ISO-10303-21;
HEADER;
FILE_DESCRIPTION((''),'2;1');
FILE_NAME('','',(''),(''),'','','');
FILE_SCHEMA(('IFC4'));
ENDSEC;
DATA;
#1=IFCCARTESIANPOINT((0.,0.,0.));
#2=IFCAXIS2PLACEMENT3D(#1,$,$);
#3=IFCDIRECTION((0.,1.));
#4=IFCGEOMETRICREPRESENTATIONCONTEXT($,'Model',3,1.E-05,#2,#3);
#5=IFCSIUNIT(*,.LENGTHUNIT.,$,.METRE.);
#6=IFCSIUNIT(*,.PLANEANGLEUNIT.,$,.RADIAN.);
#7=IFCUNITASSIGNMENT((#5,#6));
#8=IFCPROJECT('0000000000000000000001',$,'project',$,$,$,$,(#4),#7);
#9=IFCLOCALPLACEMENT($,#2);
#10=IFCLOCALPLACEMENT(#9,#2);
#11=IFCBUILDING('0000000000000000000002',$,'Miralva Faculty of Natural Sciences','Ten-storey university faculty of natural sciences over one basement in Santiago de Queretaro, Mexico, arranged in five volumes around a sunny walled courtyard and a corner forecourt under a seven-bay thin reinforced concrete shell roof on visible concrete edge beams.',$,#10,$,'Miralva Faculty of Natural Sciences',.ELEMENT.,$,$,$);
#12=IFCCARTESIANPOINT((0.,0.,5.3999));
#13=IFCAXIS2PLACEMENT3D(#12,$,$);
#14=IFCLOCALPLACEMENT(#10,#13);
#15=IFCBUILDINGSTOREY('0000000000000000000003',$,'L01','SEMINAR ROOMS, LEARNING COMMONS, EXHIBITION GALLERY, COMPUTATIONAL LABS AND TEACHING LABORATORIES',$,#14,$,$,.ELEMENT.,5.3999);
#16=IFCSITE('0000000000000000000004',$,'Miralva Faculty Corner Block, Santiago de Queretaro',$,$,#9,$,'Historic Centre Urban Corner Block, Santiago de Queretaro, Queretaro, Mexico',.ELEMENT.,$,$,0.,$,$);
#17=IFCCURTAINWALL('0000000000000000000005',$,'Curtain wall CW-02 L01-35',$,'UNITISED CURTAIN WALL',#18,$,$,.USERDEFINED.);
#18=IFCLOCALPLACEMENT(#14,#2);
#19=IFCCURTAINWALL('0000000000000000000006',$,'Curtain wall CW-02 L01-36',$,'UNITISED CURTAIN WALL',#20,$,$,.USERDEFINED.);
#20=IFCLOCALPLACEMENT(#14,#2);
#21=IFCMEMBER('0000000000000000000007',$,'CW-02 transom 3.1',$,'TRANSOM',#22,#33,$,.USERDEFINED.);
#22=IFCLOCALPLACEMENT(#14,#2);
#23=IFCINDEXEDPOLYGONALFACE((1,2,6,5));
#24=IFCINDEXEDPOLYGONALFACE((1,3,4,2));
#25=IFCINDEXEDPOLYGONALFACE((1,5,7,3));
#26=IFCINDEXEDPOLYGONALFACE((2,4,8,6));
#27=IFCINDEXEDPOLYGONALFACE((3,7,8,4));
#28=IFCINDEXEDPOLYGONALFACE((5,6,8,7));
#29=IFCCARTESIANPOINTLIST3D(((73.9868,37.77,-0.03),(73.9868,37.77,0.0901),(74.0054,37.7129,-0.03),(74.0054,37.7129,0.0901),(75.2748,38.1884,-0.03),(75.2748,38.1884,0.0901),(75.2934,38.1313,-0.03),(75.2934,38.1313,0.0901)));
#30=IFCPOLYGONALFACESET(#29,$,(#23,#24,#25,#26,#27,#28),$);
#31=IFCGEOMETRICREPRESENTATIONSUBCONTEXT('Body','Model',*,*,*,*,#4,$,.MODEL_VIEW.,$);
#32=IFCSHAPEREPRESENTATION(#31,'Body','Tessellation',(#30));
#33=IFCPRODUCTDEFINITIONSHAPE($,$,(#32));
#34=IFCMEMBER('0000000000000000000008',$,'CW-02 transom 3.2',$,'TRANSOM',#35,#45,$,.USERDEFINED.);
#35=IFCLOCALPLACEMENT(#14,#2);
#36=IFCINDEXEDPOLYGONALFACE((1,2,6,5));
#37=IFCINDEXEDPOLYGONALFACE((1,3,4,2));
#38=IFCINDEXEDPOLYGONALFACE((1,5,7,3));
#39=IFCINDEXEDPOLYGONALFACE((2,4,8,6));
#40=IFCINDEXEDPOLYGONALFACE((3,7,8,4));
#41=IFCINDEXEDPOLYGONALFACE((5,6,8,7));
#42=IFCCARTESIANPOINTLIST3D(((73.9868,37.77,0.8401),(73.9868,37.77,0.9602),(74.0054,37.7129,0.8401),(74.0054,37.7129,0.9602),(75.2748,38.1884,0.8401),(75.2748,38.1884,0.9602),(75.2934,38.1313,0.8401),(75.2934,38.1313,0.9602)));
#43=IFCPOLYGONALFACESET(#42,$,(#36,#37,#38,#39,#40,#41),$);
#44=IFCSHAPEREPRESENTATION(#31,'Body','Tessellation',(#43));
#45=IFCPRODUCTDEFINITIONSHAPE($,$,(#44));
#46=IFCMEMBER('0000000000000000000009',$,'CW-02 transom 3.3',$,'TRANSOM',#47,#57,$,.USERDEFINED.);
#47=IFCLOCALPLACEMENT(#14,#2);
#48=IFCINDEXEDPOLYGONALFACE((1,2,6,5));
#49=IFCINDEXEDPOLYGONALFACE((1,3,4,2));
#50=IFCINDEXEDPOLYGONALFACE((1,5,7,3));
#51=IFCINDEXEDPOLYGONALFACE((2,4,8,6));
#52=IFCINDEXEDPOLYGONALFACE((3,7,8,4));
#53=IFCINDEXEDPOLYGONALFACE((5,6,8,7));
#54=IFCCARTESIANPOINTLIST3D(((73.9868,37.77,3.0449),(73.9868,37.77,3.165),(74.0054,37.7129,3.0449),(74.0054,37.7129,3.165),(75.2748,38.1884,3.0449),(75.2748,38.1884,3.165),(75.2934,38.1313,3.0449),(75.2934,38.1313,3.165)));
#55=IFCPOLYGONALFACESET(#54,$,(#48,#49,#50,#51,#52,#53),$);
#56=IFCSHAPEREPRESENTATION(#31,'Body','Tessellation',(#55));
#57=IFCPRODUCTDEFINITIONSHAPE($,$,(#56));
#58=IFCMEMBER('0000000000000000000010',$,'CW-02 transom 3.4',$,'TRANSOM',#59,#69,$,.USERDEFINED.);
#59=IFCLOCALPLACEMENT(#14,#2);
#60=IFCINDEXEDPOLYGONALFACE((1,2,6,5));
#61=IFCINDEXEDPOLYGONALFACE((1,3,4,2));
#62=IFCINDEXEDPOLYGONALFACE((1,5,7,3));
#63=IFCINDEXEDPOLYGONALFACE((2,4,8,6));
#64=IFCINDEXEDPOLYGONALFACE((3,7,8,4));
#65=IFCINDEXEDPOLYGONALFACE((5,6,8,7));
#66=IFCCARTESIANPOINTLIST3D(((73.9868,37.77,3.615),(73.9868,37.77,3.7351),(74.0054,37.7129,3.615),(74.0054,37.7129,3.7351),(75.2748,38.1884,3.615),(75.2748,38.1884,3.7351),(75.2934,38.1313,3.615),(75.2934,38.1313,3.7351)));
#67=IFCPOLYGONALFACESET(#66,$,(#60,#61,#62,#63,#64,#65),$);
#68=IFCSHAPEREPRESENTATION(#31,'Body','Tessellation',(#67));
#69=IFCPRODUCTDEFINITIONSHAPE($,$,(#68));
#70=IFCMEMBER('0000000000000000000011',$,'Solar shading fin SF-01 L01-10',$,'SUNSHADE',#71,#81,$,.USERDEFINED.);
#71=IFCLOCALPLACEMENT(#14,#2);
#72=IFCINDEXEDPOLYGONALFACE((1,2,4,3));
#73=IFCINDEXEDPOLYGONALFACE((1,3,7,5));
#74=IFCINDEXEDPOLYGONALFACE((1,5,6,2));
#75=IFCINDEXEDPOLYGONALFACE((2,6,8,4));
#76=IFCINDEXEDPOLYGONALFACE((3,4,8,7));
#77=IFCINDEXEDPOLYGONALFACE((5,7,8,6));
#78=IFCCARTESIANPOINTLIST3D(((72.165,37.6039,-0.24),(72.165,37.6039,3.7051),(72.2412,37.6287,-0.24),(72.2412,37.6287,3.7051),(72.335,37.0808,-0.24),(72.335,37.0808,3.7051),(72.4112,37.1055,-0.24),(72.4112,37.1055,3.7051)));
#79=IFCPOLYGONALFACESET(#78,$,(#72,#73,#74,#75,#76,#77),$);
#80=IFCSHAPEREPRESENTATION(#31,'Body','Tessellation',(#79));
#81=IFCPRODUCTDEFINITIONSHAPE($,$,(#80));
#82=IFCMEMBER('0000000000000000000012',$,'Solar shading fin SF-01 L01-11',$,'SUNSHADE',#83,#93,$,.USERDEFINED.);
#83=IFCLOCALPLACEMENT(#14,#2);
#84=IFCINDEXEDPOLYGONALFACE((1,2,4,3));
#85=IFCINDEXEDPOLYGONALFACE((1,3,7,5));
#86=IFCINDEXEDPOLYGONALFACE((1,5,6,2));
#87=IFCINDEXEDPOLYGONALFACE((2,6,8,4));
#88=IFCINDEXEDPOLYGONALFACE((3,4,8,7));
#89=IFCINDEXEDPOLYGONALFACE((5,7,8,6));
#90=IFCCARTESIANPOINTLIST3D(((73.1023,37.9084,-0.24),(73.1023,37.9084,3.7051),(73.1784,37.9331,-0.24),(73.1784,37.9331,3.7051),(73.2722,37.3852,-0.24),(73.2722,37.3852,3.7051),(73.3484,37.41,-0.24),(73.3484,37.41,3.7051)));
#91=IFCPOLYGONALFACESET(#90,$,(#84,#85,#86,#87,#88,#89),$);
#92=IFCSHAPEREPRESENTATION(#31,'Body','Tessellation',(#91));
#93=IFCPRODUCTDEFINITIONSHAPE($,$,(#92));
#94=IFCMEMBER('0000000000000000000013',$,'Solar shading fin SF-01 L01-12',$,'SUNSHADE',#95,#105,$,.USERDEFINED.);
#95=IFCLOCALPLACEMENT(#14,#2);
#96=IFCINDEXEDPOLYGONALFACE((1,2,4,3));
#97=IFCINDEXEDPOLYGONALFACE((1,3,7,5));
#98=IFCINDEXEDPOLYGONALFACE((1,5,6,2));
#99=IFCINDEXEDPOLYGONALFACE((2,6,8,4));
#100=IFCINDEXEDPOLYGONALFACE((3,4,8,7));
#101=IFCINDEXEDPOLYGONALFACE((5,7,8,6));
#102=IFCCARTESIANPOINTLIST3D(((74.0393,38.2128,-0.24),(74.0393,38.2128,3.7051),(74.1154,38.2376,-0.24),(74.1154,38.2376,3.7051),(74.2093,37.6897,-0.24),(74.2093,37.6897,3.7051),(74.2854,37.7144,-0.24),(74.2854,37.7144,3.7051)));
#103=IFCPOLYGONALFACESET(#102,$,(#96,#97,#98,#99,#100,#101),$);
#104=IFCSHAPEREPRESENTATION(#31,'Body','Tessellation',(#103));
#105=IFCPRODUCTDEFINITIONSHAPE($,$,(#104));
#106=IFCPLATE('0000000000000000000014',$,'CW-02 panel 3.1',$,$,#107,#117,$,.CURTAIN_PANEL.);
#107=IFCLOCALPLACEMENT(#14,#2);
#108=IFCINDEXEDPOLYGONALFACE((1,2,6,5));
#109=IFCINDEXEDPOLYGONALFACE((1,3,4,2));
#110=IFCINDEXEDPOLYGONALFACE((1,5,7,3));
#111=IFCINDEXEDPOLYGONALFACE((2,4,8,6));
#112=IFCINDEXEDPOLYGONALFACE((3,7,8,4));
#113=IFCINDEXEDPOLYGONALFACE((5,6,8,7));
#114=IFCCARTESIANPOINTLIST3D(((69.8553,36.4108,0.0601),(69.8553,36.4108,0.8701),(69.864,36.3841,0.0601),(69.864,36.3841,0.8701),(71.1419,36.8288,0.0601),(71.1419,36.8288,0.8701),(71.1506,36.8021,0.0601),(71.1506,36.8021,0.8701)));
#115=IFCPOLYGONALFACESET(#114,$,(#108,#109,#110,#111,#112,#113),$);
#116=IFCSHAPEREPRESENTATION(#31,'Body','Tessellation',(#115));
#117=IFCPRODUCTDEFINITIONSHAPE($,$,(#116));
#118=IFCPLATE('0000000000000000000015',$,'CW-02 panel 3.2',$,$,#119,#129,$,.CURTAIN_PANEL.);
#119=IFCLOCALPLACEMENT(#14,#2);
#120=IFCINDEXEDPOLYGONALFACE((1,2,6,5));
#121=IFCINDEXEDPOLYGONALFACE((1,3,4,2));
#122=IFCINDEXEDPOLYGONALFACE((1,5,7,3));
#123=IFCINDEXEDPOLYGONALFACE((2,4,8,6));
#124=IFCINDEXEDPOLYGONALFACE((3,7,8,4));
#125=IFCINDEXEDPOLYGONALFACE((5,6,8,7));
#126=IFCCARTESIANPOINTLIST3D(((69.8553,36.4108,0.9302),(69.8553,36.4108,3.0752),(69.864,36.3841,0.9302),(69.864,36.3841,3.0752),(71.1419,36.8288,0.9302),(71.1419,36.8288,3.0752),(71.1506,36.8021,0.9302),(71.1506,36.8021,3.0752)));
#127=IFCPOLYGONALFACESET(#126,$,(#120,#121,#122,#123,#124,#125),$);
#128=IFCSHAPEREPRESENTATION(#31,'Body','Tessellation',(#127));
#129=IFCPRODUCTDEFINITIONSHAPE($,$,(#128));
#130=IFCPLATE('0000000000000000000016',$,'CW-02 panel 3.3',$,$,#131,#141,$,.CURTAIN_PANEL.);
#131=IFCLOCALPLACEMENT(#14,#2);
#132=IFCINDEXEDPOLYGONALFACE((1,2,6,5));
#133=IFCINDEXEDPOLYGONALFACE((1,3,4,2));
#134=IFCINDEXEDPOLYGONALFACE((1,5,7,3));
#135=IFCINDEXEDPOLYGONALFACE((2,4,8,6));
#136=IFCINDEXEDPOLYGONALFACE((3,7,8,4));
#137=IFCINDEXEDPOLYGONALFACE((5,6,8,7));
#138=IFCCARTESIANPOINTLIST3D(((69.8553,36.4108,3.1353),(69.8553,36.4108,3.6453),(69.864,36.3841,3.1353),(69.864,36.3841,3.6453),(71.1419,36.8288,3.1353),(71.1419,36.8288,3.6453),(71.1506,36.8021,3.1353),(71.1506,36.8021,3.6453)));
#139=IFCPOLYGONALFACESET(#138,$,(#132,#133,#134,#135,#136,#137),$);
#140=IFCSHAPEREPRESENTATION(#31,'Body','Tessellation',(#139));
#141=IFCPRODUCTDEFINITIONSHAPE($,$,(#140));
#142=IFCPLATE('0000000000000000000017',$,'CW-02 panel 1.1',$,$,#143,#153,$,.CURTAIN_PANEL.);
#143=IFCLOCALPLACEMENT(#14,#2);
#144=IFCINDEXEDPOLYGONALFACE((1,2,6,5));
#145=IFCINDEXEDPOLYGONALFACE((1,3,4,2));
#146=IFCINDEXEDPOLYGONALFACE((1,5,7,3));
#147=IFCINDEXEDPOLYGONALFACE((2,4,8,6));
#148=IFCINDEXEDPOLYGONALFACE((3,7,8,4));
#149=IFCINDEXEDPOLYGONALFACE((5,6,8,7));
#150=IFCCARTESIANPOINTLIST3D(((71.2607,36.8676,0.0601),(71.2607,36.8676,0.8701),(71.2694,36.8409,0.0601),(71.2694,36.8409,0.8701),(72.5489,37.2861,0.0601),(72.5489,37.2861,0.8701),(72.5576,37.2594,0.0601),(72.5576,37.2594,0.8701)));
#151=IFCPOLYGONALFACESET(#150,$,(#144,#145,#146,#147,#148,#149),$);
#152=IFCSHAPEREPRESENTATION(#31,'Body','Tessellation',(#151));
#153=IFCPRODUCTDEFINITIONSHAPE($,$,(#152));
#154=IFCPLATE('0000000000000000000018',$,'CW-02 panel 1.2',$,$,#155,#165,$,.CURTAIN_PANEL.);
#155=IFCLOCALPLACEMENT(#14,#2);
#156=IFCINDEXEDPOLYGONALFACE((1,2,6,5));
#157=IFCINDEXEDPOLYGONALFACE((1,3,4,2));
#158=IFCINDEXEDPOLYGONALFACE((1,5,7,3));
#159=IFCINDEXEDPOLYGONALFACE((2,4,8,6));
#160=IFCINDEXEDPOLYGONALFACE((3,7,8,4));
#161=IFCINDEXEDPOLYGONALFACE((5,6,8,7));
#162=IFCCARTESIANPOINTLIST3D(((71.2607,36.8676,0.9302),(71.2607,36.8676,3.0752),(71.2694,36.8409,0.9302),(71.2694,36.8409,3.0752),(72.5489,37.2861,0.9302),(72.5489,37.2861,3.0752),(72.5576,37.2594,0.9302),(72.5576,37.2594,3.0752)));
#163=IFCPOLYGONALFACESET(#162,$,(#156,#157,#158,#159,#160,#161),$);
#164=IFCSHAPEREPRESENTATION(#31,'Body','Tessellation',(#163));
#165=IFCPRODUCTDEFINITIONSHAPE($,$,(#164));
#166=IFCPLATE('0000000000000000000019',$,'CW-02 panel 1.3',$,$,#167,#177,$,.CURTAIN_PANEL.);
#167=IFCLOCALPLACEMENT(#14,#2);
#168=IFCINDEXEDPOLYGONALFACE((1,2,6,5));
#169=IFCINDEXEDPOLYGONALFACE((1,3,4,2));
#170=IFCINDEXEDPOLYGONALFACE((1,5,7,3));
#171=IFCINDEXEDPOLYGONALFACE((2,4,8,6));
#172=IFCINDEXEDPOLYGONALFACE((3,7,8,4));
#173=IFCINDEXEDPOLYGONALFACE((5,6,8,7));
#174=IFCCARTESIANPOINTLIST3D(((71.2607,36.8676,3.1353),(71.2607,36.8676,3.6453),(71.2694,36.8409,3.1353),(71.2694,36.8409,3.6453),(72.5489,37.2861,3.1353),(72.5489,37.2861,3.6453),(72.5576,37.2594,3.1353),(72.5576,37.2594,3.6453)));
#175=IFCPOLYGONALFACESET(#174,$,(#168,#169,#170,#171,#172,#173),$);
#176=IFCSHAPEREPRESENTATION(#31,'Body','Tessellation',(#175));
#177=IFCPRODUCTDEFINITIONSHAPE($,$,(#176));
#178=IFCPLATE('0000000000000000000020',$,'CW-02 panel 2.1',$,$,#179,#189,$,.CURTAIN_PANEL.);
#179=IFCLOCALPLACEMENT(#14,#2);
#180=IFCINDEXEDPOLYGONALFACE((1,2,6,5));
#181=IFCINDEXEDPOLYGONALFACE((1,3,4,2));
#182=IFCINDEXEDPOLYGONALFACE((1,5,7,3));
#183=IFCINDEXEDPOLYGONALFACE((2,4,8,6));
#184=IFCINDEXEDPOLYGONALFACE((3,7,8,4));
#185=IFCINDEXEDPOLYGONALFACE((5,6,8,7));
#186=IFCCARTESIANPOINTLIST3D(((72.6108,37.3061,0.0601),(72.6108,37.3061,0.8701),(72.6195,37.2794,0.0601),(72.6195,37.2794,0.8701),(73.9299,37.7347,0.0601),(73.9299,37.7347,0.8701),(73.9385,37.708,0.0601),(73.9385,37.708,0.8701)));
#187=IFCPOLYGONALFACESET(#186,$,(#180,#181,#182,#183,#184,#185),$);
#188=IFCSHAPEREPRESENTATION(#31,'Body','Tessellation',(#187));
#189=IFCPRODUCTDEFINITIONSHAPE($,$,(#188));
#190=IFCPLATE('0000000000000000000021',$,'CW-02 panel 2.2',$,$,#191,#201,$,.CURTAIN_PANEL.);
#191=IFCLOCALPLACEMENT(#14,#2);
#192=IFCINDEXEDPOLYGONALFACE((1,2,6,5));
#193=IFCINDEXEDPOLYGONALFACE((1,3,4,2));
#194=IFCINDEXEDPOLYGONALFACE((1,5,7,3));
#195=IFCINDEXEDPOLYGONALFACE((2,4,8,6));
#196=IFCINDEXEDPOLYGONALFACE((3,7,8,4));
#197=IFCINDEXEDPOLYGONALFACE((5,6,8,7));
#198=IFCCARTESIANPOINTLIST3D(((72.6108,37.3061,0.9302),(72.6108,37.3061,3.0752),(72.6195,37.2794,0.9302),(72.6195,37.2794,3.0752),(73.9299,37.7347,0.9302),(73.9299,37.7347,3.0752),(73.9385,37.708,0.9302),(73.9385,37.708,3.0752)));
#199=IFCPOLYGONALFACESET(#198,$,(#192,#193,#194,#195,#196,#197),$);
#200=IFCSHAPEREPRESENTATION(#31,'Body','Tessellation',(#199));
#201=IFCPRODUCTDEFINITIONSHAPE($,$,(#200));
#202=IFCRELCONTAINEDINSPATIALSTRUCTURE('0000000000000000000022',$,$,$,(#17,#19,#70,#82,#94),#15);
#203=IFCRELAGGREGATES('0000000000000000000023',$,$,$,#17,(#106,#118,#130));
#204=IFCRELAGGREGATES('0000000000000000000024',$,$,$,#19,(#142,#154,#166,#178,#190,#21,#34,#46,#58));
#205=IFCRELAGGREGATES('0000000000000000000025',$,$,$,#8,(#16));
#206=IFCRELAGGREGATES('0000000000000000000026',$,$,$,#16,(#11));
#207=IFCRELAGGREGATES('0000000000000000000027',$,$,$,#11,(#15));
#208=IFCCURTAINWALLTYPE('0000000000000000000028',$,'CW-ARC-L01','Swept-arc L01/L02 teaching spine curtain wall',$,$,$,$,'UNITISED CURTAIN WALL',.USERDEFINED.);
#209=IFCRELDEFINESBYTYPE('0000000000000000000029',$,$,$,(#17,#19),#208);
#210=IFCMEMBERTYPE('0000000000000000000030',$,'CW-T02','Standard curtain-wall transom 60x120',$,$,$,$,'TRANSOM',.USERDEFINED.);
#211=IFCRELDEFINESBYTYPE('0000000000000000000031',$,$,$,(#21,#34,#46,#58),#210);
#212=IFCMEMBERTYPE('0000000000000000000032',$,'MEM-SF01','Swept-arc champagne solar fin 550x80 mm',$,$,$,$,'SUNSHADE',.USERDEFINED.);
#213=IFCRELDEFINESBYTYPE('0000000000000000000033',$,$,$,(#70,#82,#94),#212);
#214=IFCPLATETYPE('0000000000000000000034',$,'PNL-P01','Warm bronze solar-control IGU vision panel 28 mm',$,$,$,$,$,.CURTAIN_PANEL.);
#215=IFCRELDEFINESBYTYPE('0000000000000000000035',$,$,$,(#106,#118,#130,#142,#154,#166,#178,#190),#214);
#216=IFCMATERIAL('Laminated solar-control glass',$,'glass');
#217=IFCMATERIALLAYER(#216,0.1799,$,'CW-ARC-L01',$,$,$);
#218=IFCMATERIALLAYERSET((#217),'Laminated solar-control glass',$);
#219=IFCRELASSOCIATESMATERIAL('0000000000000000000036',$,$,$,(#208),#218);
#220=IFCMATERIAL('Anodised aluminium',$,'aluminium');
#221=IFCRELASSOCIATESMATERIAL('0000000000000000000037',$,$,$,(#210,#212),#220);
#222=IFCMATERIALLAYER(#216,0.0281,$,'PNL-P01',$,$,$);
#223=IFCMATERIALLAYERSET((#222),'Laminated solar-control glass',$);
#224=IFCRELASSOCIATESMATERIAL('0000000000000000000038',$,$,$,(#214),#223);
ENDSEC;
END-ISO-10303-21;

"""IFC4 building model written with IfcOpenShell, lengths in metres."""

from ifc_helpers import new_model, si_unit, direction, frame, origin, origin_2d, place, context, subcontext, project, spatial, rectangle, extrude, material, layer, layer_set, material_profile, profile_set, type_object, element, aggregate, save


model = new_model("IFC4")

# Units and contexts
model_context = context("Model", 3, precision=1e-05, world=origin(), true_north=direction((0.0, 1.0)))
body_context = subcontext(model_context, "Body", "Model", "MODEL_VIEW")
ifc_project = project(units=[si_unit("LENGTHUNIT", "METRE"), si_unit("PLANEANGLEUNIT", "RADIAN")], contexts=[model_context])

# Site, building, storey
site_placement = place(None, origin())
site = spatial("IfcSite", under=ifc_project, at=site_placement, Name="Miralva Faculty Corner Block, Santiago de Queretaro", LongName="Historic Centre Urban Corner Block, Santiago de Queretaro, Queretaro, Mexico", CompositionType="ELEMENT", RefElevation=0.0)
building_placement = place(site_placement, origin())
building = spatial("IfcBuilding", under=site, at=building_placement, Name="Miralva Faculty of Natural Sciences", Description="Ten-storey university faculty of natural sciences over one basement in Santiago de Queretaro, Mexico, arranged in five volumes around a sunny walled courtyard and a corner forecourt under a seven-bay thin reinforced concrete shell roof on visible concrete edge beams.", LongName="Miralva Faculty of Natural Sciences", CompositionType="ELEMENT")
storey_placement = place(building_placement, frame((0.0, 0.0, 5.3999)))
storey = spatial("IfcBuildingStorey", under=building, at=storey_placement, Name="L01", Description="SEMINAR ROOMS, LEARNING COMMONS, EXHIBITION GALLERY, COMPUTATIONAL LABS AND TEACHING LABORATORIES", CompositionType="ELEMENT", Elevation=5.3999)

# Curtain wall
ifc_material_1 = material(Name="Laminated solar-control glass", Category="glass")
ifc_layer_1 = layer(ifc_material_1, 0.1799, Name="CW-ARC-L01")
ifc_layer_set_1 = layer_set([ifc_layer_1], Name="Laminated solar-control glass")
curtain_wall_type = type_object("IfcCurtainWallType", Name="CW-ARC-L01", Description="Swept-arc L01/L02 teaching spine curtain wall", ElementType="UNITISED CURTAIN WALL", PredefinedType="USERDEFINED", material=ifc_layer_set_1)
curtain_wall_1_placement = place(storey_placement, origin())
curtain_wall_1 = element("IfcCurtainWall", 1, at=curtain_wall_1_placement, inside=storey, type_object=curtain_wall_type, Name="Curtain wall CW-02 L01-35", ObjectType="UNITISED CURTAIN WALL", PredefinedType="USERDEFINED")
ifc_material_2 = material(Name="Anodised aluminium", Category="aluminium")

# Curtain wall, members
curtain_wall_2_placement = place(storey_placement, origin())
curtain_wall_2 = element("IfcCurtainWall", 2, at=curtain_wall_2_placement, inside=storey, type_object=curtain_wall_type, Name="Curtain wall CW-02 L01-36", ObjectType="UNITISED CURTAIN WALL", PredefinedType="USERDEFINED")
ifc_material_profile_1 = material_profile(ifc_material_2, rectangle(XDim=0.0601, YDim=0.1201, at=origin_2d()), Name="TRANSOM 60x120")
ifc_profile_set_1 = profile_set([ifc_material_profile_1], Name="Anodised aluminium")
member_type_1 = type_object("IfcMemberType", Name="CW-T02", Description="Standard curtain-wall transom 60x120", ElementType="TRANSOM", PredefinedType="USERDEFINED", material=ifc_profile_set_1)
member_1_placement = place(storey_placement, frame((73.9961, 37.7415, 0.03), z_axis=(0.951071, 0.308972, 0.0), x_axis=(-0.308972, 0.951071, 0.0)))
member_1 = element("IfcMember", 3, at=member_1_placement, type_object=member_type_1, Name="CW-02 transom 3.1", ObjectType="TRANSOM", PredefinedType="USERDEFINED", context=body_context, shape_type="SweptSolid", body=[
    extrude(rectangle(XDim=0.0601, YDim=0.1201, at=origin_2d()), origin(), (0.0, 0.0, 1.0), 1.3542),
])
member_2_placement = place(storey_placement, frame((73.9961, 37.7415, 0.9001), z_axis=(0.951071, 0.308972, 0.0), x_axis=(-0.308972, 0.951071, 0.0)))
member_2 = element("IfcMember", 4, at=member_2_placement, type_object=member_type_1, Name="CW-02 transom 3.2", ObjectType="TRANSOM", PredefinedType="USERDEFINED", context=body_context, shape_type="SweptSolid", body=[
    extrude(rectangle(XDim=0.0601, YDim=0.1201, at=origin_2d()), origin(), (0.0, 0.0, 1.0), 1.3542),
])
member_3_placement = place(storey_placement, frame((73.9961, 37.7415, 3.105), z_axis=(0.951071, 0.308972, 0.0), x_axis=(-0.308972, 0.951071, 0.0)))
member_3 = element("IfcMember", 5, at=member_3_placement, type_object=member_type_1, Name="CW-02 transom 3.3", ObjectType="TRANSOM", PredefinedType="USERDEFINED", context=body_context, shape_type="SweptSolid", body=[
    extrude(rectangle(XDim=0.0601, YDim=0.1201, at=origin_2d()), origin(), (0.0, 0.0, 1.0), 1.3542),
])
member_4_placement = place(storey_placement, frame((73.9961, 37.7415, 3.675), z_axis=(0.951071, 0.308972, 0.0), x_axis=(-0.308972, 0.951071, 0.0)))
member_4 = element("IfcMember", 6, at=member_4_placement, type_object=member_type_1, Name="CW-02 transom 3.4", ObjectType="TRANSOM", PredefinedType="USERDEFINED", context=body_context, shape_type="SweptSolid", body=[
    extrude(rectangle(XDim=0.0601, YDim=0.1201, at=origin_2d()), origin(), (0.0, 0.0, 1.0), 1.3542),
])

# Members
ifc_material_profile_2 = material_profile(ifc_material_2, rectangle(XDim=0.0801, YDim=0.55, at=origin_2d()), Name="FIN 550x80")
ifc_profile_set_2 = profile_set([ifc_material_profile_2], Name="Anodised aluminium")
member_type_2 = type_object("IfcMemberType", Name="MEM-SF01", Description="Swept-arc champagne solar fin 550x80 mm", ElementType="SUNSHADE", PredefinedType="USERDEFINED", material=ifc_profile_set_2)
for number, where, z_axis, x_axis, name in (
    (7, (72.2881, 37.3547, -0.24), (0.0, 0.0, 1.0), (-0.951057, -0.309017, 0.0), "Solar shading fin SF-01 L01-10"),
    (8, (73.2253, 37.6592, -0.24), (0.0, 0.0, 1.0), (-0.951057, -0.309017, 0.0), "Solar shading fin SF-01 L01-11"),
    (9, (74.1624, 37.9636, -0.24), (0.0, 0.0, 1.0), (-0.951057, -0.309017, 0.0), "Solar shading fin SF-01 L01-12"),
):
    element("IfcMember", number, at=place(storey_placement, frame(where, z_axis=z_axis, x_axis=x_axis)), inside=storey, type_object=member_type_2, Name=name, ObjectType="SUNSHADE", PredefinedType="USERDEFINED", context=body_context, shape_type="SweptSolid", body=[
        extrude(rectangle(XDim=0.0801, YDim=0.55, at=origin_2d()), origin(), (0.0, 0.0, 1.0), 3.9451),
    ])

# Plates
ifc_layer_2 = layer(ifc_material_1, 0.0281, Name="PNL-P01")
ifc_layer_set_2 = layer_set([ifc_layer_2], Name="Laminated solar-control glass")
plate_type = type_object("IfcPlateType", Name="PNL-P01", Description="Warm bronze solar-control IGU vision panel 28 mm", PredefinedType="CURTAIN_PANEL", material=ifc_layer_set_2)
plate_1_placement = place(storey_placement, frame((70.5029, 36.6064, 0.0601), z_axis=(0.0, 0.0, 1.0), x_axis=(0.95106, 0.309007, 0.0)))
plate_1 = element("IfcPlate", 10, at=plate_1_placement, type_object=plate_type, Name="CW-02 panel 3.1", PredefinedType="CURTAIN_PANEL", context=body_context, shape_type="SweptSolid", body=[
    extrude(rectangle(XDim=1.3528, YDim=0.0281, at=origin_2d()), origin(), (0.0, 0.0, 1.0), 0.8101),
])
plate_2_placement = place(storey_placement, frame((70.5029, 36.6064, 0.9302), z_axis=(0.0, 0.0, 1.0), x_axis=(0.95106, 0.309007, 0.0)))
plate_2 = element("IfcPlate", 11, at=plate_2_placement, type_object=plate_type, Name="CW-02 panel 3.2", PredefinedType="CURTAIN_PANEL", context=body_context, shape_type="SweptSolid", body=[
    extrude(rectangle(XDim=1.3528, YDim=0.0281, at=origin_2d()), origin(), (0.0, 0.0, 1.0), 2.145),
])
plate_3_placement = place(storey_placement, frame((70.5029, 36.6064, 3.1353), z_axis=(0.0, 0.0, 1.0), x_axis=(0.95106, 0.309007, 0.0)))
plate_3 = element("IfcPlate", 12, at=plate_3_placement, type_object=plate_type, Name="CW-02 panel 3.3", PredefinedType="CURTAIN_PANEL", context=body_context, shape_type="SweptSolid", body=[
    extrude(rectangle(XDim=1.3528, YDim=0.0281, at=origin_2d()), origin(), (0.0, 0.0, 1.0), 0.51),
])
aggregate(curtain_wall_1, [plate_1, plate_2, plate_3])
plate_4_placement = place(storey_placement, frame((71.9092, 37.0635, 0.0601), z_axis=(0.0, 0.0, 1.0), x_axis=(0.951062, 0.309001, 0.0)))
plate_4 = element("IfcPlate", 13, at=plate_4_placement, type_object=plate_type, Name="CW-02 panel 1.1", PredefinedType="CURTAIN_PANEL", context=body_context, shape_type="SweptSolid", body=[
    extrude(rectangle(XDim=1.3545, YDim=0.0281, at=origin_2d()), origin(), (0.0, 0.0, 1.0), 0.8101),
])
plate_5_placement = place(storey_placement, frame((71.9092, 37.0635, 0.9302), z_axis=(0.0, 0.0, 1.0), x_axis=(0.951062, 0.309001, 0.0)))
plate_5 = element("IfcPlate", 14, at=plate_5_placement, type_object=plate_type, Name="CW-02 panel 1.2", PredefinedType="CURTAIN_PANEL", context=body_context, shape_type="SweptSolid", body=[
    extrude(rectangle(XDim=1.3545, YDim=0.0281, at=origin_2d()), origin(), (0.0, 0.0, 1.0), 2.145),
])
plate_6_placement = place(storey_placement, frame((71.9092, 37.0635, 3.1353), z_axis=(0.0, 0.0, 1.0), x_axis=(0.951062, 0.309001, 0.0)))
plate_6 = element("IfcPlate", 15, at=plate_6_placement, type_object=plate_type, Name="CW-02 panel 1.3", PredefinedType="CURTAIN_PANEL", context=body_context, shape_type="SweptSolid", body=[
    extrude(rectangle(XDim=1.3545, YDim=0.0281, at=origin_2d()), origin(), (0.0, 0.0, 1.0), 0.51),
])
plate_7_placement = place(storey_placement, frame((73.2747, 37.5071, 0.0601), z_axis=(0.0, 0.0, 1.0), x_axis=(0.951062, 0.309001, 0.0)))
plate_7 = element("IfcPlate", 16, at=plate_7_placement, type_object=plate_type, Name="CW-02 panel 2.1", PredefinedType="CURTAIN_PANEL", context=body_context, shape_type="SweptSolid", body=[
    extrude(rectangle(XDim=1.387, YDim=0.0281, at=origin_2d()), origin(), (0.0, 0.0, 1.0), 0.8101),
])
plate_8_placement = place(storey_placement, frame((73.2747, 37.5071, 0.9302), z_axis=(0.0, 0.0, 1.0), x_axis=(0.951062, 0.309001, 0.0)))
plate_8 = element("IfcPlate", 17, at=plate_8_placement, type_object=plate_type, Name="CW-02 panel 2.2", PredefinedType="CURTAIN_PANEL", context=body_context, shape_type="SweptSolid", body=[
    extrude(rectangle(XDim=1.387, YDim=0.0281, at=origin_2d()), origin(), (0.0, 0.0, 1.0), 2.145),
])
aggregate(curtain_wall_2, [plate_4, plate_5, plate_6, plate_7, plate_8, member_1, member_2, member_3, member_4])

save(model, "model.ifc")
